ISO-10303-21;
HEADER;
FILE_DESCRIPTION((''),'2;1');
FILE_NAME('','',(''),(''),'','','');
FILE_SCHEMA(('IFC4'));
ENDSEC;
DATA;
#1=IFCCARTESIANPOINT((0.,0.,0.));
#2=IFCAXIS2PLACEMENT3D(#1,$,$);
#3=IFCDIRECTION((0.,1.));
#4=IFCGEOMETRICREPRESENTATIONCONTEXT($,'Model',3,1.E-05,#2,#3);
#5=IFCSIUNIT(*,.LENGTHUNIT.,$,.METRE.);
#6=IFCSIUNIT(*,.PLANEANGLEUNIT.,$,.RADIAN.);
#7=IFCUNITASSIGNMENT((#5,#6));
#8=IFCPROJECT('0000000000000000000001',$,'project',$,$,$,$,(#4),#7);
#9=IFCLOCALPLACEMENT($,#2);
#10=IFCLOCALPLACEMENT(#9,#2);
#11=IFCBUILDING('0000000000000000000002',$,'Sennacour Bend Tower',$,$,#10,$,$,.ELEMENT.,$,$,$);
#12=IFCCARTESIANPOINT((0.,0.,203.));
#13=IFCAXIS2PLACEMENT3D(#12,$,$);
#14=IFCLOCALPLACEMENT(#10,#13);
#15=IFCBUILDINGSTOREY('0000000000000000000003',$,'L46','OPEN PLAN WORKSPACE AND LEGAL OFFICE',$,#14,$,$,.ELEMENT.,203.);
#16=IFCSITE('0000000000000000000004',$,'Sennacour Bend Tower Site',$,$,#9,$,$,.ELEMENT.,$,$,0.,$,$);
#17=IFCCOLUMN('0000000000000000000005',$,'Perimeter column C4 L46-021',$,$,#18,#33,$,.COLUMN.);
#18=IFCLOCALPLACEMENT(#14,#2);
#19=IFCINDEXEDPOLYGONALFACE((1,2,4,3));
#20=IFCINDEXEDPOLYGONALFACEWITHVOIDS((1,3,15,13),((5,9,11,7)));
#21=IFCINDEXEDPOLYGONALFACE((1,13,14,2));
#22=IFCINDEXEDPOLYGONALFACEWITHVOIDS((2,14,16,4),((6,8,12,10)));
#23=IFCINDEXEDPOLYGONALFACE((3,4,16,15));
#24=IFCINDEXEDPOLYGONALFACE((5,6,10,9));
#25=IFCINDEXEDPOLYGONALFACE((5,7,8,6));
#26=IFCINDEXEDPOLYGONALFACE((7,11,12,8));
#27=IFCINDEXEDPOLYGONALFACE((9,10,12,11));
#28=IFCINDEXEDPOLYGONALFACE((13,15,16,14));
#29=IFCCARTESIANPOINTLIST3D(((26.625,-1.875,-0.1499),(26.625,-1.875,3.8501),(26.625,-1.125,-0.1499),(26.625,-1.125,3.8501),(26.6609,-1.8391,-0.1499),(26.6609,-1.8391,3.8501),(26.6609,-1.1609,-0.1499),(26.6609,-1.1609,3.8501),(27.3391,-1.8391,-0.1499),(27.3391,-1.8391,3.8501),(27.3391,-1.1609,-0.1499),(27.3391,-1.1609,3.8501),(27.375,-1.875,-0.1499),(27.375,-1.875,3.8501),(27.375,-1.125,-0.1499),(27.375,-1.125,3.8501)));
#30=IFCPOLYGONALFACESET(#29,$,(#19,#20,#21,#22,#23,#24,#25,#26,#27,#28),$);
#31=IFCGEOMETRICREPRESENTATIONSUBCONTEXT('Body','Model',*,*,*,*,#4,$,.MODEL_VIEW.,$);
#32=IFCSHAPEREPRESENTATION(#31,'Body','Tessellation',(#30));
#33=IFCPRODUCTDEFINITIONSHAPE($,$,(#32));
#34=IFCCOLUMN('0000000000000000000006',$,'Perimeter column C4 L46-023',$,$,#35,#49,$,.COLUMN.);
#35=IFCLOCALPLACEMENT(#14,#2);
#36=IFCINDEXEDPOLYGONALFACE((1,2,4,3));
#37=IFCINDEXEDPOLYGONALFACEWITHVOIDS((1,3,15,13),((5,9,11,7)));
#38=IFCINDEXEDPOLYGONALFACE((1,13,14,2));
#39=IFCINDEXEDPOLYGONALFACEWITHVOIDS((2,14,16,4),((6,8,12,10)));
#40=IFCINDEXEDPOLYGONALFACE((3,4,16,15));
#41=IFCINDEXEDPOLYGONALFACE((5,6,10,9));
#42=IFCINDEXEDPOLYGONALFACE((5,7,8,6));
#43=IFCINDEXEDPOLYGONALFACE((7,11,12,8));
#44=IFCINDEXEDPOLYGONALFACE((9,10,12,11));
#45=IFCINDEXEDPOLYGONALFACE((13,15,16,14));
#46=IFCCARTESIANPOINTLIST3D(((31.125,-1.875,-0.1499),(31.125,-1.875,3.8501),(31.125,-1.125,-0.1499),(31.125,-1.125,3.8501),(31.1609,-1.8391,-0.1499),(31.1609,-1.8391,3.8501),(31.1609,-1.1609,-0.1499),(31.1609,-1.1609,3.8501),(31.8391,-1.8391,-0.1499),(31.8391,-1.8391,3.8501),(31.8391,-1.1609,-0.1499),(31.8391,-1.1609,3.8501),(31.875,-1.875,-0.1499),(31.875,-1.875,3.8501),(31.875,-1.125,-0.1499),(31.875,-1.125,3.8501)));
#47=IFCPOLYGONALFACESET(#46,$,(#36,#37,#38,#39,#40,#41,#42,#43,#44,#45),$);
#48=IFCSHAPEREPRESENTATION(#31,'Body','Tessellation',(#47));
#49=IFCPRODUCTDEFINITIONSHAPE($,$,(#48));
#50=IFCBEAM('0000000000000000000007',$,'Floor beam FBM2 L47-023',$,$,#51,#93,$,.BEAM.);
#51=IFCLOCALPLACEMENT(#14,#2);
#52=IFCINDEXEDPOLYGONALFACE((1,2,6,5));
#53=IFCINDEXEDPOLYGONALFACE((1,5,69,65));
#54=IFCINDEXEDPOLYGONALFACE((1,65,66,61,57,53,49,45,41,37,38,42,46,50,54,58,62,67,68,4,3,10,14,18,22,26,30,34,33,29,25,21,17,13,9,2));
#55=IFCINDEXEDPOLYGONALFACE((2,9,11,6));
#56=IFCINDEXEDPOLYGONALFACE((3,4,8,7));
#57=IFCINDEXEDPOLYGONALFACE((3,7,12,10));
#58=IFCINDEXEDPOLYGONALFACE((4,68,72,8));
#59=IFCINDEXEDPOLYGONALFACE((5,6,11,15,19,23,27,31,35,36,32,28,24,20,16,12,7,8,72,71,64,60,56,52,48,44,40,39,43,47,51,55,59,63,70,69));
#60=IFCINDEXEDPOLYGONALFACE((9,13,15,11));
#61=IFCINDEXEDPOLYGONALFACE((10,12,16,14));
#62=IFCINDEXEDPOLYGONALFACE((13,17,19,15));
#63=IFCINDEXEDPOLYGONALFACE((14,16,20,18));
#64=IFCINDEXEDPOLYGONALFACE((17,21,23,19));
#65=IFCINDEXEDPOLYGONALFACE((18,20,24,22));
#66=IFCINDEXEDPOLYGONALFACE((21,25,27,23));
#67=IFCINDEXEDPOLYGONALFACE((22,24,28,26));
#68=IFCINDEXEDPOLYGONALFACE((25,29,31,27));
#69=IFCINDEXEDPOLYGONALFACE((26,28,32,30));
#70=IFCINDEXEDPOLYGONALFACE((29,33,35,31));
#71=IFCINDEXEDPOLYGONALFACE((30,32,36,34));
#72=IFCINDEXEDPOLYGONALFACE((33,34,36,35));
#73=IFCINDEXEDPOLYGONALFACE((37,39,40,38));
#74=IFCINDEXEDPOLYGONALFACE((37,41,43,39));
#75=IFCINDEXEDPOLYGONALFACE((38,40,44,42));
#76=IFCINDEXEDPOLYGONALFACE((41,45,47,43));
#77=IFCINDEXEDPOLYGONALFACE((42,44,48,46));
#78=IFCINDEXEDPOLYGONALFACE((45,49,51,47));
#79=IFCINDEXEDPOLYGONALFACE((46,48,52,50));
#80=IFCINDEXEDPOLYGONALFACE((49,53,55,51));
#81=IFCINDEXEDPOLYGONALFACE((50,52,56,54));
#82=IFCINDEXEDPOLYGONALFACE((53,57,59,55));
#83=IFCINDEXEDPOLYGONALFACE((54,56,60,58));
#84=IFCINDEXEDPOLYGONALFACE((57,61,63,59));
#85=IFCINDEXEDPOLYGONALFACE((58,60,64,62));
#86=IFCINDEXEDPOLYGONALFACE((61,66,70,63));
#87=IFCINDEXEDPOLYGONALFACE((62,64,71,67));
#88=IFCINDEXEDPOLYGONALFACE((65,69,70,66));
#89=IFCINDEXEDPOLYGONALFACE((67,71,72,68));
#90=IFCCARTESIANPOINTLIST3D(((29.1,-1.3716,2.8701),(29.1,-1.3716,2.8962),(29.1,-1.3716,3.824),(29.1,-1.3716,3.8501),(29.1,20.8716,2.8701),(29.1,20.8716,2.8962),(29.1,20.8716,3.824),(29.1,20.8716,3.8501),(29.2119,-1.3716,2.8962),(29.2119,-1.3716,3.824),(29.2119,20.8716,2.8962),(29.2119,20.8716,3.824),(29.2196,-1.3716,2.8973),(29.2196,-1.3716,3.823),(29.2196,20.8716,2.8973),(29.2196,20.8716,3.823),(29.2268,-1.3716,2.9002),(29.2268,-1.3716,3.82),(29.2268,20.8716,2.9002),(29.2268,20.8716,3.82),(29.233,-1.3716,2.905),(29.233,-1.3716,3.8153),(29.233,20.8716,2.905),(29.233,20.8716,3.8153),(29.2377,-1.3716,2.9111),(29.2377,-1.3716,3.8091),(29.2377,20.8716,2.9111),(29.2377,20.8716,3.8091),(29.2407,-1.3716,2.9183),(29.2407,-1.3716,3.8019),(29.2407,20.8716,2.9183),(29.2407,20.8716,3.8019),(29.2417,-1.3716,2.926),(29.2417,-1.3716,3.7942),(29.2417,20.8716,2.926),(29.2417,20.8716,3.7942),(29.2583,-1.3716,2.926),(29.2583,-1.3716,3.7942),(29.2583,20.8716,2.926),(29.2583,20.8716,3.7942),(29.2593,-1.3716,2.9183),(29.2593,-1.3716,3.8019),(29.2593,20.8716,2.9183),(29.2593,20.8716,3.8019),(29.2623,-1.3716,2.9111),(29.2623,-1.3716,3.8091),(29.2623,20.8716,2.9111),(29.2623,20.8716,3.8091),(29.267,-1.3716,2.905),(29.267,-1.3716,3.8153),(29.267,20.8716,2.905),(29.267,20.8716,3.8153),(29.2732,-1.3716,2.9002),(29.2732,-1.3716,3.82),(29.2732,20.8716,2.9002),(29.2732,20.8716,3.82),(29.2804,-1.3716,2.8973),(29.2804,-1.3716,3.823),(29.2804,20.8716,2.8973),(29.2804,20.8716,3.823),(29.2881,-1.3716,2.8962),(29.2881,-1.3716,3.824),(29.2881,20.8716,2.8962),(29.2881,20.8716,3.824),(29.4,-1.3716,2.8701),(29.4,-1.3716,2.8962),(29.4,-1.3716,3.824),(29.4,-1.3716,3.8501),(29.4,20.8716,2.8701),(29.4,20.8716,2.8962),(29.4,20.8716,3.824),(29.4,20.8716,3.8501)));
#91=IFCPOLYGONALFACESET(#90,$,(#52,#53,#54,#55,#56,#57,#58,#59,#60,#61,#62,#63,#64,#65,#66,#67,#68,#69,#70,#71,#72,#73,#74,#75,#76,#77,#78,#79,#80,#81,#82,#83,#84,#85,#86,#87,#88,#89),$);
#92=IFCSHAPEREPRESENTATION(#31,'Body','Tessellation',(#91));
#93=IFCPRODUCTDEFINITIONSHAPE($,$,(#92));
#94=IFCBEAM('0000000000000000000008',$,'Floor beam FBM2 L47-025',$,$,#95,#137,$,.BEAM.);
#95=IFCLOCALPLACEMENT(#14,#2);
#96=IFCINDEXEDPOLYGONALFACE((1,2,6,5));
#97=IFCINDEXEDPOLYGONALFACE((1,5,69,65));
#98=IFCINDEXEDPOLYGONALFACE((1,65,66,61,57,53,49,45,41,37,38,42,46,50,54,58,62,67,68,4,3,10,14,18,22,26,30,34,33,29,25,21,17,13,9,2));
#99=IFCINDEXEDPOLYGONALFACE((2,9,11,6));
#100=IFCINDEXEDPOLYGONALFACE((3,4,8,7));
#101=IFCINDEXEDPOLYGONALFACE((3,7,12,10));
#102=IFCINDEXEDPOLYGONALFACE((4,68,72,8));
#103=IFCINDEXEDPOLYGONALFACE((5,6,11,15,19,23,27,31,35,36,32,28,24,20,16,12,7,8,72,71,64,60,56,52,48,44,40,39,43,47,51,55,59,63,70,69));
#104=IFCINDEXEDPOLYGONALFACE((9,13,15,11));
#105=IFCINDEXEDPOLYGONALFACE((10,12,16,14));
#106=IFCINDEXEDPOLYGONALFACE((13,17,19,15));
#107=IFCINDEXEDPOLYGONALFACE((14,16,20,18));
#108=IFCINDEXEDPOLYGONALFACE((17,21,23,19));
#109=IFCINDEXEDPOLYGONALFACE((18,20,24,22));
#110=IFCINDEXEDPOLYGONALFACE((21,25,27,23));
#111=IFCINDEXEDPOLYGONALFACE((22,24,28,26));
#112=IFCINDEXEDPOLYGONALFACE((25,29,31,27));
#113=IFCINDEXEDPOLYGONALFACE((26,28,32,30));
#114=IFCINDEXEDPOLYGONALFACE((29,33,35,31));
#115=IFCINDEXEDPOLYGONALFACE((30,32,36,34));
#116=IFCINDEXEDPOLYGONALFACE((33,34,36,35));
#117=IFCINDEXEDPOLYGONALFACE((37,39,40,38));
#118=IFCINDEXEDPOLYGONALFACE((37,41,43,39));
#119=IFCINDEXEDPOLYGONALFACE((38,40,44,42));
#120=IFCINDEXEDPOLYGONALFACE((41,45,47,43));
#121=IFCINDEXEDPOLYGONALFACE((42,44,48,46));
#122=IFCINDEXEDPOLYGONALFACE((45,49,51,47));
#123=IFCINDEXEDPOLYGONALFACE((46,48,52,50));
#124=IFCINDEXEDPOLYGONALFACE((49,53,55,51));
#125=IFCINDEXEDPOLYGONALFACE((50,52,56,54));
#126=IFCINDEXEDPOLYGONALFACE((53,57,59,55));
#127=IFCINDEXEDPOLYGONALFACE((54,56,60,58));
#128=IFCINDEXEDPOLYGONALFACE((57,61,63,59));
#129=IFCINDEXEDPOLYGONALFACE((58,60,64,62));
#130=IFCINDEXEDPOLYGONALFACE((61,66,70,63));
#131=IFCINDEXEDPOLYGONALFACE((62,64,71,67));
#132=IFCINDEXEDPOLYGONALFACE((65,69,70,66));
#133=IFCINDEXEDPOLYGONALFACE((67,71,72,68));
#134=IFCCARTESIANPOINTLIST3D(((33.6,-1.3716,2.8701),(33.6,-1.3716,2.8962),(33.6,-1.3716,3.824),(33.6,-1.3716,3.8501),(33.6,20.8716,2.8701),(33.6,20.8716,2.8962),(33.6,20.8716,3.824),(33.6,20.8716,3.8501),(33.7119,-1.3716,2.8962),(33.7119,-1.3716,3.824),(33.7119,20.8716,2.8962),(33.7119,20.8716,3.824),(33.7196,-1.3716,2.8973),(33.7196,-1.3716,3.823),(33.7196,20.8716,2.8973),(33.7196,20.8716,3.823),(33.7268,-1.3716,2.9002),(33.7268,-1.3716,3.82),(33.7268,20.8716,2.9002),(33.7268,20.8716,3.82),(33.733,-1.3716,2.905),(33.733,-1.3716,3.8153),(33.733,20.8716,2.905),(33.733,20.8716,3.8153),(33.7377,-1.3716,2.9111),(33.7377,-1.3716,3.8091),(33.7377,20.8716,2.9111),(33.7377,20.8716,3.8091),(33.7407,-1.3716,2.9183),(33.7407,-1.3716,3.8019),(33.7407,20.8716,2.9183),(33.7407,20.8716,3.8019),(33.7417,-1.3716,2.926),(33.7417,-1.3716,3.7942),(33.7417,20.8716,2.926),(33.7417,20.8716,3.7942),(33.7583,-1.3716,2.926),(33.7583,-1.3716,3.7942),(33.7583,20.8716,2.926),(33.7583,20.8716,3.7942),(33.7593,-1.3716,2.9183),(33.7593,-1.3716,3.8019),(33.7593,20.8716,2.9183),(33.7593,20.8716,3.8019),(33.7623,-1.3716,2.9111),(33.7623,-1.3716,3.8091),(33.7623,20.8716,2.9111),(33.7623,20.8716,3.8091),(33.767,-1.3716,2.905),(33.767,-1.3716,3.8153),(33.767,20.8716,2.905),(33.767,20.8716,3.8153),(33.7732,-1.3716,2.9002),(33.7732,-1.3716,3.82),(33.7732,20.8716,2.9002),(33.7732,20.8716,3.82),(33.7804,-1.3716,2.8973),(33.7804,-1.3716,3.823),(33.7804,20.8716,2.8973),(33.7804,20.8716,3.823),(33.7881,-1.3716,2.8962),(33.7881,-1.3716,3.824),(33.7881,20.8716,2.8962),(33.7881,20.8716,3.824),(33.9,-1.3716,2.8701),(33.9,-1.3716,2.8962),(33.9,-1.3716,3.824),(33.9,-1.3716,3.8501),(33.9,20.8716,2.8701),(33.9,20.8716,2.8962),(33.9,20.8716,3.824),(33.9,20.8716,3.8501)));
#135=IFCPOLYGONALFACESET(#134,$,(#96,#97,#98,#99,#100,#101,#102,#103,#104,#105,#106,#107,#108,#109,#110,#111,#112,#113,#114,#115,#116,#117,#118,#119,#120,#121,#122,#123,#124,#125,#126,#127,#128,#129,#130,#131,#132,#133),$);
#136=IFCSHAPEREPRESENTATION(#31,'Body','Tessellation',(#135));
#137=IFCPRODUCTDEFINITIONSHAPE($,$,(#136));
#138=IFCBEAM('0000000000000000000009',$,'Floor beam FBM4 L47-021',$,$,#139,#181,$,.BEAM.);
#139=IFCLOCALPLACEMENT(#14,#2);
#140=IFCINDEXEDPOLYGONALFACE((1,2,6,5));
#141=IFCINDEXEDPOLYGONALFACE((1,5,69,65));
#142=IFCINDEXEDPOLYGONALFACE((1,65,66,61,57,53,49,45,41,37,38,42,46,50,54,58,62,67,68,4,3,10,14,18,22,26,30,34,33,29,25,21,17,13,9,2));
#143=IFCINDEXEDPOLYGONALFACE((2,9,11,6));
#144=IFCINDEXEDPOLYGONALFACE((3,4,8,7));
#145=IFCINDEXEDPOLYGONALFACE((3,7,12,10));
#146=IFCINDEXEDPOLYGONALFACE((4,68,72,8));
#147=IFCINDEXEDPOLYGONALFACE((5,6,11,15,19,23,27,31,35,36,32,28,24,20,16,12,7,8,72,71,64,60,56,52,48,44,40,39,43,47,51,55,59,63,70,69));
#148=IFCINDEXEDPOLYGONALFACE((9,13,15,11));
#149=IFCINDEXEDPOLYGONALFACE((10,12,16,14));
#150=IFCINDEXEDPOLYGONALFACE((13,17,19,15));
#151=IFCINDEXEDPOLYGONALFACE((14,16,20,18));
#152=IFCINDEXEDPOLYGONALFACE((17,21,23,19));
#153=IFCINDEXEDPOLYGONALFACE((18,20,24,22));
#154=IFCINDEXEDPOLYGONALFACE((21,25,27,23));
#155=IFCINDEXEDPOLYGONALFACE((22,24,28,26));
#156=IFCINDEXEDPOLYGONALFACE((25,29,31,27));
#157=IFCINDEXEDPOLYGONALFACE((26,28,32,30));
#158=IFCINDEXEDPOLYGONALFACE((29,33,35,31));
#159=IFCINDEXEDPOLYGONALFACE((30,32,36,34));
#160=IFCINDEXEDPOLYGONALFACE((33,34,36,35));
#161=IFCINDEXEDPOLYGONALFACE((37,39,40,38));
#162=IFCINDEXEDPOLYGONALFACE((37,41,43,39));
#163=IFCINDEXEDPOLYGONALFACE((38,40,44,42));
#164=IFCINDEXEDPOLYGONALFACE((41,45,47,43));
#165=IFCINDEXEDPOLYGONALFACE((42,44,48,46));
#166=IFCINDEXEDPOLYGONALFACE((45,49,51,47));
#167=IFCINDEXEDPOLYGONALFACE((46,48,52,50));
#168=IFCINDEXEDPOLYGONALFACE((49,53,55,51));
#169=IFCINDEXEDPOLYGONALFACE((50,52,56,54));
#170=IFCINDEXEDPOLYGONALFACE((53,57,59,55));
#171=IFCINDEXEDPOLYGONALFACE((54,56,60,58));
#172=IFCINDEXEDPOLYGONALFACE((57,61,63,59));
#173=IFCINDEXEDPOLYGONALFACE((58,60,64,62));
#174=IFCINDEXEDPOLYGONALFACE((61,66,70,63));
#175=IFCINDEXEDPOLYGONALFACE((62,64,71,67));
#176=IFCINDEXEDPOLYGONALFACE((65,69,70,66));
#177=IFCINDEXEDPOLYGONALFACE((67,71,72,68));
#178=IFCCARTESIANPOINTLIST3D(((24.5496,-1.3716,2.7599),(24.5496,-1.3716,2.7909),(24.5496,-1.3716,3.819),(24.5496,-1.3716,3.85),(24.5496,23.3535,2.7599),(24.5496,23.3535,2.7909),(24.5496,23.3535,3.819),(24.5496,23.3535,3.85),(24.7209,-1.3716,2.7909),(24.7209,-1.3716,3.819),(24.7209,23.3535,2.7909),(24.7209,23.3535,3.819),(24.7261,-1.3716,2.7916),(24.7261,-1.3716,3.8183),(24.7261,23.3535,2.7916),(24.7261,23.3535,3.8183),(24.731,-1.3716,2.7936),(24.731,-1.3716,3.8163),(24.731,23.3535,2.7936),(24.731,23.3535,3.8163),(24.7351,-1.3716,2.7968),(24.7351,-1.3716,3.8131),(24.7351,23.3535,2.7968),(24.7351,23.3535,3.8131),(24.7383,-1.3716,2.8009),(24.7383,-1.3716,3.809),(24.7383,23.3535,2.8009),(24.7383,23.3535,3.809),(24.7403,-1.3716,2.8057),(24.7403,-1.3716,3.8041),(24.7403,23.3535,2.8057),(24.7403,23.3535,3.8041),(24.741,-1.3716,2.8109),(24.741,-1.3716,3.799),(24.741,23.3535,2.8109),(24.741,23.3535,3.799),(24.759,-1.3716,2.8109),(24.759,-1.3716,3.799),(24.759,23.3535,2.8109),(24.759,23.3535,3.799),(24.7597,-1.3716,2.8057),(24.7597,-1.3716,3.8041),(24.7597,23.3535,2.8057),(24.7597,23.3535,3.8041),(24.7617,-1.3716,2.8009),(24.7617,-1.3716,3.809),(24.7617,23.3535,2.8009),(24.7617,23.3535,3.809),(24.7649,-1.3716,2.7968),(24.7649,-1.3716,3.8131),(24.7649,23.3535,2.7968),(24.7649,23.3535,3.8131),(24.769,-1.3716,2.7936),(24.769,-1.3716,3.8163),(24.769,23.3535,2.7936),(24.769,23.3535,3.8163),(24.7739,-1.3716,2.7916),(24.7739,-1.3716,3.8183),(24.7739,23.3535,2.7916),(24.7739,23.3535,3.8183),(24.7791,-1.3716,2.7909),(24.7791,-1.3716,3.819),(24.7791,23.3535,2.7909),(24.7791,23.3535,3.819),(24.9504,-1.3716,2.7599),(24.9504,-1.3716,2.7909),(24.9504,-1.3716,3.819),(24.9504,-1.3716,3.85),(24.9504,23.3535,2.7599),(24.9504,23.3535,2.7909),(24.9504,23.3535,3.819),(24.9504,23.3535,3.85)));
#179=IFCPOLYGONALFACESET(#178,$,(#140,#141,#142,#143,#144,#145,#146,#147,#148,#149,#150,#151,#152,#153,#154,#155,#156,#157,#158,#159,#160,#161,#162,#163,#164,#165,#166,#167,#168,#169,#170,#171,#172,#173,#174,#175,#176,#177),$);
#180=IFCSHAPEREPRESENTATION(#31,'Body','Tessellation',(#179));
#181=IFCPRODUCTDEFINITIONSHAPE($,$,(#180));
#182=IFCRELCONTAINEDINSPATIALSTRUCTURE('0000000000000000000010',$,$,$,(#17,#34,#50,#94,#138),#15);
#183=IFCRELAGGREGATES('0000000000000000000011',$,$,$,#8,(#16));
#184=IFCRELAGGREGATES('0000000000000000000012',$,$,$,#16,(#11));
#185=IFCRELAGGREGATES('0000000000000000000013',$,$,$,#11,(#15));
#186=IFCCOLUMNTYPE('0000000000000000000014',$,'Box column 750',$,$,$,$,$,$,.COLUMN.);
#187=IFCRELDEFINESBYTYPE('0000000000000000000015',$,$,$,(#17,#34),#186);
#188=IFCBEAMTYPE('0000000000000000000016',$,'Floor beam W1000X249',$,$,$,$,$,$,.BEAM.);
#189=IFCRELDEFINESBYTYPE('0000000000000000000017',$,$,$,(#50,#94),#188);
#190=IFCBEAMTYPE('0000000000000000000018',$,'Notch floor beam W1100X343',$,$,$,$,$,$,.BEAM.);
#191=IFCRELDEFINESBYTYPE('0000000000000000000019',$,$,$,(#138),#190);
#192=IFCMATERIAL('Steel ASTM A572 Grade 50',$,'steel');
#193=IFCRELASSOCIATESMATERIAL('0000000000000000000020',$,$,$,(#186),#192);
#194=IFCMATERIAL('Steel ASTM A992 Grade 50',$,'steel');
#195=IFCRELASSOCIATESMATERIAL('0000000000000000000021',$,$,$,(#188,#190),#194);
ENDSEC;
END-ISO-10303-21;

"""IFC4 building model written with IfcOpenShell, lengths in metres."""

from ifc_helpers import new_model, si_unit, direction, frame, origin, origin_2d, place, context, subcontext, project, spatial, hollow_rectangle, i_section, extrude, material, material_profile, profile_set, type_object, element, save


model = new_model("IFC4")

# Units and contexts
model_context = context("Model", 3, precision=1e-05, world=origin(), true_north=direction((0.0, 1.0)))
body_context = subcontext(model_context, "Body", "Model", "MODEL_VIEW")
ifc_project = project(units=[si_unit("LENGTHUNIT", "METRE"), si_unit("PLANEANGLEUNIT", "RADIAN")], contexts=[model_context])

# Site, building, storey
site_placement = place(None, origin())
site = spatial("IfcSite", under=ifc_project, at=site_placement, Name="Sennacour Bend Tower Site", CompositionType="ELEMENT", RefElevation=0.0)
building_placement = place(site_placement, origin())
building = spatial("IfcBuilding", under=site, at=building_placement, Name="Sennacour Bend Tower", CompositionType="ELEMENT")
storey_placement = place(building_placement, frame((0.0, 0.0, 203.0)))
storey = spatial("IfcBuildingStorey", under=building, at=storey_placement, Name="L46", Description="OPEN PLAN WORKSPACE AND LEGAL OFFICE", CompositionType="ELEMENT", Elevation=203.0)

# Columns
ifc_material_1 = material(Name="Steel ASTM A572 Grade 50", Category="steel")
ifc_material_profile_1 = material_profile(ifc_material_1, hollow_rectangle(XDim=0.75, YDim=0.75, WallThickness=0.0359, at=origin_2d()), Name="Steel ASTM A572 Grade 50", Category="steel")
ifc_profile_set_1 = profile_set([ifc_material_profile_1], Name="Steel ASTM A572 Grade 50")
column_type = type_object("IfcColumnType", Name="Box column 750", PredefinedType="COLUMN", material=ifc_profile_set_1)
for number, where, z_axis, x_axis, name in (
    (1, (27.0, -1.5, -0.1499), (0.0, 0.0, 1.0), (1.0, 0.0, 0.0), "Perimeter column C4 L46-021"),
    (2, (31.5, -1.5, -0.1499), (0.0, 0.0, 1.0), (1.0, 0.0, 0.0), "Perimeter column C4 L46-023"),
):
    element("IfcColumn", number, at=place(storey_placement, frame(where, z_axis=z_axis, x_axis=x_axis)), inside=storey, type_object=column_type, Name=name, PredefinedType="COLUMN", context=body_context, shape_type="SweptSolid", body=[
        extrude(hollow_rectangle(XDim=0.75, YDim=0.75, WallThickness=0.0359, at=origin_2d()), origin(), (0.0, 0.0, 1.0), 4.0),
    ])

# Beams
ifc_material_2 = material(Name="Steel ASTM A992 Grade 50", Category="steel")
ifc_material_profile_2 = material_profile(ifc_material_2, i_section(OverallWidth=0.3, OverallDepth=0.98, WebThickness=0.0166, FlangeThickness=0.0261, FilletRadius=0.0298, at=origin_2d()), Name="Steel ASTM A992 Grade 50", Category="steel")
ifc_profile_set_2 = profile_set([ifc_material_profile_2], Name="Steel ASTM A992 Grade 50")
beam_type_1 = type_object("IfcBeamType", Name="Floor beam W1000X249", PredefinedType="BEAM", material=ifc_profile_set_2)
for number, where, z_axis, x_axis, name in (
    (3, (29.25, -1.3716, 3.3601), (0.0, 1.0, 0.0), (-1.0, 0.0, 0.0), "Floor beam FBM2 L47-023"),
    (4, (33.75, -1.3716, 3.3601), (0.0, 1.0, 0.0), (-1.0, 0.0, 0.0), "Floor beam FBM2 L47-025"),
):
    element("IfcBeam", number, at=place(storey_placement, frame(where, z_axis=z_axis, x_axis=x_axis)), inside=storey, type_object=beam_type_1, Name=name, PredefinedType="BEAM", context=body_context, shape_type="SweptSolid", body=[
        extrude(i_section(OverallWidth=0.3, OverallDepth=0.98, WebThickness=0.0166, FlangeThickness=0.0261, FilletRadius=0.0298, at=origin_2d()), origin(), (0.0, 0.0, 1.0), 22.2432),
    ])
ifc_material_profile_3 = material_profile(ifc_material_2, i_section(OverallWidth=0.4009, OverallDepth=1.0901, WebThickness=0.0181, FlangeThickness=0.031, FilletRadius=0.02, at=origin_2d()), Name="Steel ASTM A992 Grade 50", Category="steel")
ifc_profile_set_3 = profile_set([ifc_material_profile_3], Name="Steel ASTM A992 Grade 50")
beam_type_2 = type_object("IfcBeamType", Name="Notch floor beam W1100X343", PredefinedType="BEAM", material=ifc_profile_set_3)
beam_placement = place(storey_placement, frame((24.75, -1.3716, 3.3049), z_axis=(0.0, 1.0, 0.0), x_axis=(-1.0, 0.0, 0.0)))
element("IfcBeam", 5, at=beam_placement, inside=storey, type_object=beam_type_2, Name="Floor beam FBM4 L47-021", PredefinedType="BEAM", context=body_context, shape_type="SweptSolid", body=[
    extrude(i_section(OverallWidth=0.4009, OverallDepth=1.0901, WebThickness=0.0181, FlangeThickness=0.031, FilletRadius=0.02, at=origin_2d()), origin(), (0.0, 0.0, 1.0), 24.7251),
])

save(model, "model.ifc")
